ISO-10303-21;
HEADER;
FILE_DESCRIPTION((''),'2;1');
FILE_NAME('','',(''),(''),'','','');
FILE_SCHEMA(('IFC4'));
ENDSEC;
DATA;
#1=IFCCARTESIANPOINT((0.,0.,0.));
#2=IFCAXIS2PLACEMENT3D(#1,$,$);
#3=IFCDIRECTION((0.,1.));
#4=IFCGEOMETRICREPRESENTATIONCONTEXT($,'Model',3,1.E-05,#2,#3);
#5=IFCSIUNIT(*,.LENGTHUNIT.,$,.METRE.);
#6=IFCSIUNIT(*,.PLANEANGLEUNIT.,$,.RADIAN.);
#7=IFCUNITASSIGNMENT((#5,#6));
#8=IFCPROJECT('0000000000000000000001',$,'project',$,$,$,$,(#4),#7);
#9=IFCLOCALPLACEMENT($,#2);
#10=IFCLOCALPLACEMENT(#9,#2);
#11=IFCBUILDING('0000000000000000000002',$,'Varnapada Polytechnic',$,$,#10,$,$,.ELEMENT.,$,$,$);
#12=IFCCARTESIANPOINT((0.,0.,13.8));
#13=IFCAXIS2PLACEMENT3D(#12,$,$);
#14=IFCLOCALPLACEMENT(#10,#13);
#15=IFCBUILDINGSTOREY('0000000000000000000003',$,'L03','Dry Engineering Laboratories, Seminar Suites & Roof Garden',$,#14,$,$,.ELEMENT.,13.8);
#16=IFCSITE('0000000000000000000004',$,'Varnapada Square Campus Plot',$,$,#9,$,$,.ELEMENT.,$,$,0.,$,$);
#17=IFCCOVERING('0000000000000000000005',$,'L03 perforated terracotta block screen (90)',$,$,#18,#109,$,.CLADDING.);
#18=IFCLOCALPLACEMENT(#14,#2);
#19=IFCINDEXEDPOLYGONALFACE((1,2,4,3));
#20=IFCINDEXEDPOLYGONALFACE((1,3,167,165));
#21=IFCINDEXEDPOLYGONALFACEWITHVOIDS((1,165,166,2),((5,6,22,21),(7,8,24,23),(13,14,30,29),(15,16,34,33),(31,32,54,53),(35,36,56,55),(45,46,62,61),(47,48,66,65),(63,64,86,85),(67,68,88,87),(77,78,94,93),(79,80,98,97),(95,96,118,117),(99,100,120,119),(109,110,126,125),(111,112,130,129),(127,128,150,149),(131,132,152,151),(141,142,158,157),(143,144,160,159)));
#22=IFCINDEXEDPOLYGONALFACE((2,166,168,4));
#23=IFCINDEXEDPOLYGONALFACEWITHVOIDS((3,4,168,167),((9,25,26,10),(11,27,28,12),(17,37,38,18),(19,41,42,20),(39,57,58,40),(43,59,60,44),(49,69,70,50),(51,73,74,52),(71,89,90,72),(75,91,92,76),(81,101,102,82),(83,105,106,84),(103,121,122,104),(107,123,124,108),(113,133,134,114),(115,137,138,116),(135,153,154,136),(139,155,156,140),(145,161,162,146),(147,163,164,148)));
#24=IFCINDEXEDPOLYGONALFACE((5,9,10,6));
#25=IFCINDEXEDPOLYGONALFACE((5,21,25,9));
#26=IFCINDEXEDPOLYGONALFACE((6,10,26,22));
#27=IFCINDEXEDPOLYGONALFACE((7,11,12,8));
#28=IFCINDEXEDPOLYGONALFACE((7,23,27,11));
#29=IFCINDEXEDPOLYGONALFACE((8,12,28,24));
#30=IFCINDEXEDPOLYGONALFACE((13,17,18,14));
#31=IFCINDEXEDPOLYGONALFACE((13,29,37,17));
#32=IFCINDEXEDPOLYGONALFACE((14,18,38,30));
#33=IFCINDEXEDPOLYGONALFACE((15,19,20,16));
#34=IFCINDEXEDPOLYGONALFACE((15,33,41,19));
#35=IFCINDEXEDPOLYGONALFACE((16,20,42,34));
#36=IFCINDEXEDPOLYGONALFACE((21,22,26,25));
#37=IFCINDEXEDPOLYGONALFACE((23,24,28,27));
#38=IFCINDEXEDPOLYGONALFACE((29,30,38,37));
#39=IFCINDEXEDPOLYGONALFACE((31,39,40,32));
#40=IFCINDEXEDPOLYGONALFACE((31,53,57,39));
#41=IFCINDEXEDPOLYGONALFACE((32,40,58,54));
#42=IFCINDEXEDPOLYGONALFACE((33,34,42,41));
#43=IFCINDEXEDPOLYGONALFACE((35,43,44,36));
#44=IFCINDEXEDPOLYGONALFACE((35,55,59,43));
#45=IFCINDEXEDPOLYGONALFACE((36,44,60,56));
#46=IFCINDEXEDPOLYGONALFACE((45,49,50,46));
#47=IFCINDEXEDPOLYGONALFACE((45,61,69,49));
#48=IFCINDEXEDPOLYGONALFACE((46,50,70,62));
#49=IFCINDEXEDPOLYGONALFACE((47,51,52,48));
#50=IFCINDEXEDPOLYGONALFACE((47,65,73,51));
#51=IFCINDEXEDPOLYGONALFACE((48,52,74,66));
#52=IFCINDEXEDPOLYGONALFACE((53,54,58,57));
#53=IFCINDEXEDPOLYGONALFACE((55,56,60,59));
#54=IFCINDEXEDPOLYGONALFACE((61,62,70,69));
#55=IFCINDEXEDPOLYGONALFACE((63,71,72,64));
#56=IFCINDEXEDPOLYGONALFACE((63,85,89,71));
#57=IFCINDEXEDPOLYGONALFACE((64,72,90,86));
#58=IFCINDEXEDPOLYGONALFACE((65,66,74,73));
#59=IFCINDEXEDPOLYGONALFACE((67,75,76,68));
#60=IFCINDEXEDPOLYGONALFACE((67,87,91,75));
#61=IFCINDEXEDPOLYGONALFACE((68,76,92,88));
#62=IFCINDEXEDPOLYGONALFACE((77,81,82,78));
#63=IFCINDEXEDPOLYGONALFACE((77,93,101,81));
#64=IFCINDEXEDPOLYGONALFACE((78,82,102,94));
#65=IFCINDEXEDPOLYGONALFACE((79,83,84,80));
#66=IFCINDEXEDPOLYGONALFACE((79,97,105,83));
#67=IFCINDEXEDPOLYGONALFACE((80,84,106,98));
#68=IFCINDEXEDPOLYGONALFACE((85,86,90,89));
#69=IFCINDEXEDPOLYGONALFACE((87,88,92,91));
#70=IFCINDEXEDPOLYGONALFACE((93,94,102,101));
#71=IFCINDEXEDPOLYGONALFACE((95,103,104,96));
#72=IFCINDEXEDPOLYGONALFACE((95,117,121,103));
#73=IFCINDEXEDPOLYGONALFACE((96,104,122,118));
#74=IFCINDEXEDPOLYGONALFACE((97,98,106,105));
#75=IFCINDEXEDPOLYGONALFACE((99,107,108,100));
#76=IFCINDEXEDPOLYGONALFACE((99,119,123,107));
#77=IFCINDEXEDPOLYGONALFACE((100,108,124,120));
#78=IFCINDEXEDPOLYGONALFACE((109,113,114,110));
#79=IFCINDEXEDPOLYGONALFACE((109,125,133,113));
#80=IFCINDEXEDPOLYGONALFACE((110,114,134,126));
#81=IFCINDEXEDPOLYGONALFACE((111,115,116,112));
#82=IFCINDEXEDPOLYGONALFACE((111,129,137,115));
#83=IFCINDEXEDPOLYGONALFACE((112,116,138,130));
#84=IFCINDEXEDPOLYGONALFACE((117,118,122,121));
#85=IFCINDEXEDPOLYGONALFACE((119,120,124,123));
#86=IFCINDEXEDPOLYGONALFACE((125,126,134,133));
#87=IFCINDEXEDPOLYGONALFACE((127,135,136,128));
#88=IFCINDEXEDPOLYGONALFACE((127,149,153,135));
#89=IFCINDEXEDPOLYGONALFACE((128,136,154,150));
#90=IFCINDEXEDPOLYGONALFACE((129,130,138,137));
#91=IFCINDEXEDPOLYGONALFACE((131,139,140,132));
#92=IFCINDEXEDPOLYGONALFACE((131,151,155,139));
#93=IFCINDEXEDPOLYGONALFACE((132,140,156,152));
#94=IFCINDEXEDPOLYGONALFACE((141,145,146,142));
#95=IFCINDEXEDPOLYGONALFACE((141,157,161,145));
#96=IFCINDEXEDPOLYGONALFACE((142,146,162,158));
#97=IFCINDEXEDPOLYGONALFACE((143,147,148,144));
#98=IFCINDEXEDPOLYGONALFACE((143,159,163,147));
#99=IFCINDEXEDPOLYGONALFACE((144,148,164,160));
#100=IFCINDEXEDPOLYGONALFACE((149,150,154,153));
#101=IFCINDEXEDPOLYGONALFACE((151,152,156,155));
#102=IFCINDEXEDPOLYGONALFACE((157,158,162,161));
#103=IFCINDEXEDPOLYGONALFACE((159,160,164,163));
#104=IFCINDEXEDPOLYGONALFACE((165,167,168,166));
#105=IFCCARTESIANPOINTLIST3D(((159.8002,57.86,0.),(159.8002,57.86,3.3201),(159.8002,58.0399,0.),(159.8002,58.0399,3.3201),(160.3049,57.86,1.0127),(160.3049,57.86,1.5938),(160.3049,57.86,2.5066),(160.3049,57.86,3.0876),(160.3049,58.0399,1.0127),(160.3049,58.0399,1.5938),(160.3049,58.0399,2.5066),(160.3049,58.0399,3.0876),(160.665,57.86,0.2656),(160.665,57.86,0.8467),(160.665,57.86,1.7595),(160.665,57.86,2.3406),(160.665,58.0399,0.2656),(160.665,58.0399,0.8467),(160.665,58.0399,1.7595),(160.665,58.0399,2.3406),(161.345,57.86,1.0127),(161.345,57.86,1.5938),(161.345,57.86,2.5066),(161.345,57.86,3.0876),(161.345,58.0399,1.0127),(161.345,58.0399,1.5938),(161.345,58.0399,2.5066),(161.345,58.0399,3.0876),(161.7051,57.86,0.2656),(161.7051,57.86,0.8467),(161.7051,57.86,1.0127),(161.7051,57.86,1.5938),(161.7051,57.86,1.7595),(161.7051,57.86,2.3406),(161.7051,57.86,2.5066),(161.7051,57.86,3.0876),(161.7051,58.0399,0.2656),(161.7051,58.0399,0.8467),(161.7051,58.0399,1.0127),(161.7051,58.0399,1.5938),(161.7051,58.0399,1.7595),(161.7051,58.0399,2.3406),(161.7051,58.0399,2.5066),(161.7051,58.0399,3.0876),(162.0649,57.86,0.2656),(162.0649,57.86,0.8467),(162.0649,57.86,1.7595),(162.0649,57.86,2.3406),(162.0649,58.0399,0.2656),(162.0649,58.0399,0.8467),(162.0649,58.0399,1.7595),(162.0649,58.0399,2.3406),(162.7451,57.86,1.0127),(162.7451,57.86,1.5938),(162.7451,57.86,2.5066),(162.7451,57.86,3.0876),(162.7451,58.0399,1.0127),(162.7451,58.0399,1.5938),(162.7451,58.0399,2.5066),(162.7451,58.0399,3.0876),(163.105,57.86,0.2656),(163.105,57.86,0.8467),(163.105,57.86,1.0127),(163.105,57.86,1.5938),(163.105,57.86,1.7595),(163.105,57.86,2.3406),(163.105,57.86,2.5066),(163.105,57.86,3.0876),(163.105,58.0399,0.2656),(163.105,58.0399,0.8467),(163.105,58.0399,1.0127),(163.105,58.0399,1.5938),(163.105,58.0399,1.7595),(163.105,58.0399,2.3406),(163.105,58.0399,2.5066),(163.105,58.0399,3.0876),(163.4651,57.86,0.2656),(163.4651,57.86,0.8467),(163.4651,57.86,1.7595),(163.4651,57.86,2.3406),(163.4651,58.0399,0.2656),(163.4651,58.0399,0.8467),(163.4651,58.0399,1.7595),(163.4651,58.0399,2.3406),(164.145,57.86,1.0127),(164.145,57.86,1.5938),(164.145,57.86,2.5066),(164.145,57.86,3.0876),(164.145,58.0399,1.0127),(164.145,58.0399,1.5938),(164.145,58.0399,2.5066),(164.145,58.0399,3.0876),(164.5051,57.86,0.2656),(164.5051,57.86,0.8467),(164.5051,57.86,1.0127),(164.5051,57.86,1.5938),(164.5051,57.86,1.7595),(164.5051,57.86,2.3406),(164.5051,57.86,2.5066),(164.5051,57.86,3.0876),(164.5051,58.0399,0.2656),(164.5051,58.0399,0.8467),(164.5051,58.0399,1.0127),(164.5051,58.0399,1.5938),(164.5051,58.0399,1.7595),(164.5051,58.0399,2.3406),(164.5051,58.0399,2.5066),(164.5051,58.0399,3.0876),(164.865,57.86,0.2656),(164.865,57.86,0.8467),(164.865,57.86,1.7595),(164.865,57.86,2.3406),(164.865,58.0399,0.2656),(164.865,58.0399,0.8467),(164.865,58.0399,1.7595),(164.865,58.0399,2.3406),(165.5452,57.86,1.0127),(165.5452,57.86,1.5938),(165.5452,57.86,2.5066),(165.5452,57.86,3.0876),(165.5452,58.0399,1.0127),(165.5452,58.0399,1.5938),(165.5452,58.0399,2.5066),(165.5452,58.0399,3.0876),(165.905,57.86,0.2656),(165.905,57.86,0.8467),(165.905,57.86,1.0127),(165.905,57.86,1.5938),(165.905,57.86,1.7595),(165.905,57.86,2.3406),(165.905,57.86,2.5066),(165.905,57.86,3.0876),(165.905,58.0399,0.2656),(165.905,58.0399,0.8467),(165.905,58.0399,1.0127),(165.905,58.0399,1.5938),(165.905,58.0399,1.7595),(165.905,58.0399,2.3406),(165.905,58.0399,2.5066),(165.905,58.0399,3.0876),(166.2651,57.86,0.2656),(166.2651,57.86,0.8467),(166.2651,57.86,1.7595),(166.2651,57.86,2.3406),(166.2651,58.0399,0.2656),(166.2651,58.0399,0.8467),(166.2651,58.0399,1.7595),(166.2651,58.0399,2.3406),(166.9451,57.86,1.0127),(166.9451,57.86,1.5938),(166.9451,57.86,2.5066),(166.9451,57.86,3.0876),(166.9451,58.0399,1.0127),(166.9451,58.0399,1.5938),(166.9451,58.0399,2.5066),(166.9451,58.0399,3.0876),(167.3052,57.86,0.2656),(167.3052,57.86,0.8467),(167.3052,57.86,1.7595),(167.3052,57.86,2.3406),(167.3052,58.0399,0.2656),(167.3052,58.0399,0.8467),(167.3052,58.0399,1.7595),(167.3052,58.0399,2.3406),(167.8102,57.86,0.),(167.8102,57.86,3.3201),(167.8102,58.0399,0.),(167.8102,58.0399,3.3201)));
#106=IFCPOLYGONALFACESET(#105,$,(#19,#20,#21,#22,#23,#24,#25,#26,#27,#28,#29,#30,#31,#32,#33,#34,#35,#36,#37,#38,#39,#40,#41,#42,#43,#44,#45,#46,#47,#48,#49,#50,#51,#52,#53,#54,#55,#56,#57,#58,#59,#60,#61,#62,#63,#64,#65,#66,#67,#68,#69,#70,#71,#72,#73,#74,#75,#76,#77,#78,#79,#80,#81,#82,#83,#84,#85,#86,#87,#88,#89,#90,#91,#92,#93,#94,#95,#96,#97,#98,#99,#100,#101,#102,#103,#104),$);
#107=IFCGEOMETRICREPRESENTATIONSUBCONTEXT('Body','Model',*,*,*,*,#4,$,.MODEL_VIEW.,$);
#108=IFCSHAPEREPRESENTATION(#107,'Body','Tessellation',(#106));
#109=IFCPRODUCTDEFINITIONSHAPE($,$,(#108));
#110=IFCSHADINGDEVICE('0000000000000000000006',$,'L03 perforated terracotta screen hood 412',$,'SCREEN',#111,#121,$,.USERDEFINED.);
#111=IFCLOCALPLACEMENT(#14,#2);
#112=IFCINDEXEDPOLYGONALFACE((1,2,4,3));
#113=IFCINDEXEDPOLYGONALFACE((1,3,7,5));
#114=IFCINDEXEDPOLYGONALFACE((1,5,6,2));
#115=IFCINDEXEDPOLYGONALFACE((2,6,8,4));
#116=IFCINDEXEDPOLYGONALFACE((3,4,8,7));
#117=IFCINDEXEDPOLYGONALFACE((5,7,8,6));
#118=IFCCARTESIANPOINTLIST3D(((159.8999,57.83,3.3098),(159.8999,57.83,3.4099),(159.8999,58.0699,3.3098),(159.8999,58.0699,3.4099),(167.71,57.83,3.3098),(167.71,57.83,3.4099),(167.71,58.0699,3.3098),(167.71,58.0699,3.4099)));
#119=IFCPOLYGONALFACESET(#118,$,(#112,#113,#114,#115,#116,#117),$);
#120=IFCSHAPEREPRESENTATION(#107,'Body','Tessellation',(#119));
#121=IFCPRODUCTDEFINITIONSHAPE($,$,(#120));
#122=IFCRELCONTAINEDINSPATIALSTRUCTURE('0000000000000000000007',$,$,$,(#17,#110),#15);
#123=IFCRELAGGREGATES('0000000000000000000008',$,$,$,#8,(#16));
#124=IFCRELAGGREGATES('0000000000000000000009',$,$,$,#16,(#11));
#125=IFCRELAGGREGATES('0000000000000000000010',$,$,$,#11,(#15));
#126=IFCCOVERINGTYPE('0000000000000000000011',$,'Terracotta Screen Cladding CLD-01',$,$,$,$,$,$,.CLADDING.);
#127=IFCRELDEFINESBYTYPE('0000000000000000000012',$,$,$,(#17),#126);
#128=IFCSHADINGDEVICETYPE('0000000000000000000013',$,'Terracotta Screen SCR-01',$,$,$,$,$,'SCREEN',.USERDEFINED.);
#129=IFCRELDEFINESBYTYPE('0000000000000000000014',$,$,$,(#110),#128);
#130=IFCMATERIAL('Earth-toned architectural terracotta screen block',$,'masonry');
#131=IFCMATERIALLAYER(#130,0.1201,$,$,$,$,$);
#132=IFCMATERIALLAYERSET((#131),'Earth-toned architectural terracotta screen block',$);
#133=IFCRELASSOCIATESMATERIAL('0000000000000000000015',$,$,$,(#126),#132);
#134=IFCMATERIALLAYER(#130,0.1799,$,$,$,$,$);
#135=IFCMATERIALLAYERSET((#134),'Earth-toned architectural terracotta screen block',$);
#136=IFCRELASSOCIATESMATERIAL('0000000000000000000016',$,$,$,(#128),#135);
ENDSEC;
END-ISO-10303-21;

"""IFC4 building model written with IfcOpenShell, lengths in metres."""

from ifc_helpers import new_model, si_unit, direction, frame, frame_2d, origin, origin_2d, place, context, subcontext, project, spatial, rectangle, extrude, material, layer, layer_set, type_object, element, save


model = new_model("IFC4")

# Units and contexts
model_context = context("Model", 3, precision=1e-05, world=origin(), true_north=direction((0.0, 1.0)))
body_context = subcontext(model_context, "Body", "Model", "MODEL_VIEW")
ifc_project = project(units=[si_unit("LENGTHUNIT", "METRE"), si_unit("PLANEANGLEUNIT", "RADIAN")], contexts=[model_context])

# Site, building, storey
site_placement = place(None, origin())
site = spatial("IfcSite", under=ifc_project, at=site_placement, Name="Varnapada Square Campus Plot", CompositionType="ELEMENT", RefElevation=0.0)
building_placement = place(site_placement, origin())
building = spatial("IfcBuilding", under=site, at=building_placement, Name="Varnapada Polytechnic", CompositionType="ELEMENT")
storey_placement = place(building_placement, frame((0.0, 0.0, 13.8)))
storey = spatial("IfcBuildingStorey", under=building, at=storey_placement, Name="L03", Description="Dry Engineering Laboratories, Seminar Suites & Roof Garden", CompositionType="ELEMENT", Elevation=13.8)

# Covering, openings
ifc_material_1 = material(Name="Earth-toned architectural terracotta screen block", Category="masonry")
ifc_layer_1 = layer(ifc_material_1, 0.1201)
ifc_layer_set_1 = layer_set([ifc_layer_1], Name="Earth-toned architectural terracotta screen block")
covering_type = type_object("IfcCoveringType", Name="Terracotta Screen Cladding CLD-01", PredefinedType="CLADDING", material=ifc_layer_set_1)
covering_placement = place(storey_placement, frame((167.8101, 57.95, 0.0), z_axis=(0.0, 0.0, 1.0), x_axis=(-1.0, 0.0, 0.0)))
covering = element("IfcCovering", 1, at=covering_placement, inside=storey, type_object=covering_type, Name="L03 perforated terracotta block screen (90)", PredefinedType="CLADDING", context=body_context, shape_type="SweptSolid", body=[
    extrude(rectangle(XDim=8.01, YDim=0.1799, at=frame_2d((4.0049, 0.0))), origin(), (0.0, 0.0, 1.0), 3.3201),
])
opening_1_placement = place(covering_placement, frame((0.5049, 0.0, 0.2656)))
element("IfcOpeningElement", 2, at=opening_1_placement, cuts=covering, PredefinedType="OPENING", context=body_context, shape_type="SweptSolid", body=[
    extrude(rectangle(XDim=1.04, YDim=0.5811, at=frame_2d((0.52, 0.2905))), frame((0.0, 0.0999, 0.0), z_axis=(0.0, -1.0, 0.0), x_axis=(1.0, 0.0, 0.0)), (0.0, 0.0, 1.0), 0.2),
])
opening_2_placement = place(covering_placement, frame((1.905, 0.0, 0.2656)))
element("IfcOpeningElement", 3, at=opening_2_placement, cuts=covering, PredefinedType="OPENING", context=body_context, shape_type="SweptSolid", body=[
    extrude(rectangle(XDim=1.04, YDim=0.5811, at=frame_2d((0.52, 0.2905))), frame((0.0, 0.0999, 0.0), z_axis=(0.0, -1.0, 0.0), x_axis=(1.0, 0.0, 0.0)), (0.0, 0.0, 1.0), 0.2),
])
opening_3_placement = place(covering_placement, frame((3.3049, 0.0, 0.2656)))
element("IfcOpeningElement", 4, at=opening_3_placement, cuts=covering, PredefinedType="OPENING", context=body_context, shape_type="SweptSolid", body=[
    extrude(rectangle(XDim=1.04, YDim=0.5811, at=frame_2d((0.52, 0.2905))), frame((0.0, 0.0999, 0.0), z_axis=(0.0, -1.0, 0.0), x_axis=(1.0, 0.0, 0.0)), (0.0, 0.0, 1.0), 0.2),
])
opening_4_placement = place(covering_placement, frame((4.7051, 0.0, 0.2656)))
element("IfcOpeningElement", 5, at=opening_4_placement, cuts=covering, PredefinedType="OPENING", context=body_context, shape_type="SweptSolid", body=[
    extrude(rectangle(XDim=1.04, YDim=0.5811, at=frame_2d((0.52, 0.2905))), frame((0.0, 0.0999, 0.0), z_axis=(0.0, -1.0, 0.0), x_axis=(1.0, 0.0, 0.0)), (0.0, 0.0, 1.0), 0.2),
])
opening_5_placement = place(covering_placement, frame((6.105, 0.0, 0.2656)))
element("IfcOpeningElement", 6, at=opening_5_placement, cuts=covering, PredefinedType="OPENING", context=body_context, shape_type="SweptSolid", body=[
    extrude(rectangle(XDim=1.04, YDim=0.5811, at=frame_2d((0.52, 0.2905))), frame((0.0, 0.0999, 0.0), z_axis=(0.0, -1.0, 0.0), x_axis=(1.0, 0.0, 0.0)), (0.0, 0.0, 1.0), 0.2),
])
opening_6_placement = place(covering_placement, frame((0.865, 0.0, 1.0127)))
element("IfcOpeningElement", 7, at=opening_6_placement, cuts=covering, PredefinedType="OPENING", context=body_context, shape_type="SweptSolid", body=[
    extrude(rectangle(XDim=1.04, YDim=0.5811, at=frame_2d((0.52, 0.2905))), frame((0.0, 0.0999, 0.0), z_axis=(0.0, -1.0, 0.0), x_axis=(1.0, 0.0, 0.0)), (0.0, 0.0, 1.0), 0.2),
])
opening_7_placement = place(covering_placement, frame((2.2649, 0.0, 1.0127)))
element("IfcOpeningElement", 8, at=opening_7_placement, cuts=covering, PredefinedType="OPENING", context=body_context, shape_type="SweptSolid", body=[
    extrude(rectangle(XDim=1.04, YDim=0.5811, at=frame_2d((0.52, 0.2905))), frame((0.0, 0.0999, 0.0), z_axis=(0.0, -1.0, 0.0), x_axis=(1.0, 0.0, 0.0)), (0.0, 0.0, 1.0), 0.2),
])
opening_8_placement = place(covering_placement, frame((3.665, 0.0, 1.0127)))
element("IfcOpeningElement", 9, at=opening_8_placement, cuts=covering, PredefinedType="OPENING", context=body_context, shape_type="SweptSolid", body=[
    extrude(rectangle(XDim=1.04, YDim=0.5811, at=frame_2d((0.52, 0.2905))), frame((0.0, 0.0999, 0.0), z_axis=(0.0, -1.0, 0.0), x_axis=(1.0, 0.0, 0.0)), (0.0, 0.0, 1.0), 0.2),
])
opening_9_placement = place(covering_placement, frame((5.0649, 0.0, 1.0127)))
element("IfcOpeningElement", 10, at=opening_9_placement, cuts=covering, PredefinedType="OPENING", context=body_context, shape_type="SweptSolid", body=[
    extrude(rectangle(XDim=1.04, YDim=0.5811, at=frame_2d((0.52, 0.2905))), frame((0.0, 0.0999, 0.0), z_axis=(0.0, -1.0, 0.0), x_axis=(1.0, 0.0, 0.0)), (0.0, 0.0, 1.0), 0.2),
])
opening_10_placement = place(covering_placement, frame((6.4651, 0.0, 1.0127)))
element("IfcOpeningElement", 11, at=opening_10_placement, cuts=covering, PredefinedType="OPENING", context=body_context, shape_type="SweptSolid", body=[
    extrude(rectangle(XDim=1.04, YDim=0.5811, at=frame_2d((0.52, 0.2905))), frame((0.0, 0.0999, 0.0), z_axis=(0.0, -1.0, 0.0), x_axis=(1.0, 0.0, 0.0)), (0.0, 0.0, 1.0), 0.2),
])
opening_11_placement = place(covering_placement, frame((0.5049, 0.0, 1.7595)))
element("IfcOpeningElement", 12, at=opening_11_placement, cuts=covering, PredefinedType="OPENING", context=body_context, shape_type="SweptSolid", body=[
    extrude(rectangle(XDim=1.04, YDim=0.5811, at=frame_2d((0.52, 0.2905))), frame((0.0, 0.0999, 0.0), z_axis=(0.0, -1.0, 0.0), x_axis=(1.0, 0.0, 0.0)), (0.0, 0.0, 1.0), 0.2),
])
opening_12_placement = place(covering_placement, frame((1.905, 0.0, 1.7595)))
element("IfcOpeningElement", 13, at=opening_12_placement, cuts=covering, PredefinedType="OPENING", context=body_context, shape_type="SweptSolid", body=[
    extrude(rectangle(XDim=1.04, YDim=0.5811, at=frame_2d((0.52, 0.2905))), frame((0.0, 0.0999, 0.0), z_axis=(0.0, -1.0, 0.0), x_axis=(1.0, 0.0, 0.0)), (0.0, 0.0, 1.0), 0.2),
])
opening_13_placement = place(covering_placement, frame((3.3049, 0.0, 1.7595)))
element("IfcOpeningElement", 14, at=opening_13_placement, cuts=covering, PredefinedType="OPENING", context=body_context, shape_type="SweptSolid", body=[
    extrude(rectangle(XDim=1.04, YDim=0.5811, at=frame_2d((0.52, 0.2905))), frame((0.0, 0.0999, 0.0), z_axis=(0.0, -1.0, 0.0), x_axis=(1.0, 0.0, 0.0)), (0.0, 0.0, 1.0), 0.2),
])
opening_14_placement = place(covering_placement, frame((4.7051, 0.0, 1.7595)))
element("IfcOpeningElement", 15, at=opening_14_placement, cuts=covering, PredefinedType="OPENING", context=body_context, shape_type="SweptSolid", body=[
    extrude(rectangle(XDim=1.04, YDim=0.5811, at=frame_2d((0.52, 0.2905))), frame((0.0, 0.0999, 0.0), z_axis=(0.0, -1.0, 0.0), x_axis=(1.0, 0.0, 0.0)), (0.0, 0.0, 1.0), 0.2),
])
opening_15_placement = place(covering_placement, frame((6.105, 0.0, 1.7595)))
element("IfcOpeningElement", 16, at=opening_15_placement, cuts=covering, PredefinedType="OPENING", context=body_context, shape_type="SweptSolid", body=[
    extrude(rectangle(XDim=1.04, YDim=0.5811, at=frame_2d((0.52, 0.2905))), frame((0.0, 0.0999, 0.0), z_axis=(0.0, -1.0, 0.0), x_axis=(1.0, 0.0, 0.0)), (0.0, 0.0, 1.0), 0.2),
])
opening_16_placement = place(covering_placement, frame((0.865, 0.0, 2.5066)))
element("IfcOpeningElement", 17, at=opening_16_placement, cuts=covering, PredefinedType="OPENING", context=body_context, shape_type="SweptSolid", body=[
    extrude(rectangle(XDim=1.04, YDim=0.5811, at=frame_2d((0.52, 0.2905))), frame((0.0, 0.0999, 0.0), z_axis=(0.0, -1.0, 0.0), x_axis=(1.0, 0.0, 0.0)), (0.0, 0.0, 1.0), 0.2),
])
opening_17_placement = place(covering_placement, frame((2.2649, 0.0, 2.5066)))
element("IfcOpeningElement", 18, at=opening_17_placement, cuts=covering, PredefinedType="OPENING", context=body_context, shape_type="SweptSolid", body=[
    extrude(rectangle(XDim=1.04, YDim=0.5811, at=frame_2d((0.52, 0.2905))), frame((0.0, 0.0999, 0.0), z_axis=(0.0, -1.0, 0.0), x_axis=(1.0, 0.0, 0.0)), (0.0, 0.0, 1.0), 0.2),
])
opening_18_placement = place(covering_placement, frame((3.665, 0.0, 2.5066)))
element("IfcOpeningElement", 19, at=opening_18_placement, cuts=covering, PredefinedType="OPENING", context=body_context, shape_type="SweptSolid", body=[
    extrude(rectangle(XDim=1.04, YDim=0.5811, at=frame_2d((0.52, 0.2905))), frame((0.0, 0.0999, 0.0), z_axis=(0.0, -1.0, 0.0), x_axis=(1.0, 0.0, 0.0)), (0.0, 0.0, 1.0), 0.2),
])
opening_19_placement = place(covering_placement, frame((5.0649, 0.0, 2.5066)))
element("IfcOpeningElement", 20, at=opening_19_placement, cuts=covering, PredefinedType="OPENING", context=body_context, shape_type="SweptSolid", body=[
    extrude(rectangle(XDim=1.04, YDim=0.5811, at=frame_2d((0.52, 0.2905))), frame((0.0, 0.0999, 0.0), z_axis=(0.0, -1.0, 0.0), x_axis=(1.0, 0.0, 0.0)), (0.0, 0.0, 1.0), 0.2),
])
opening_20_placement = place(covering_placement, frame((6.4651, 0.0, 2.5066)))
element("IfcOpeningElement", 21, at=opening_20_placement, cuts=covering, PredefinedType="OPENING", context=body_context, shape_type="SweptSolid", body=[
    extrude(rectangle(XDim=1.04, YDim=0.5811, at=frame_2d((0.52, 0.2905))), frame((0.0, 0.0999, 0.0), z_axis=(0.0, -1.0, 0.0), x_axis=(1.0, 0.0, 0.0)), (0.0, 0.0, 1.0), 0.2),
])

# Shading device
ifc_layer_2 = layer(ifc_material_1, 0.1799)
ifc_layer_set_2 = layer_set([ifc_layer_2], Name="Earth-toned architectural terracotta screen block")
shading_device_type = type_object("IfcShadingDeviceType", Name="Terracotta Screen SCR-01", ElementType="SCREEN", PredefinedType="USERDEFINED", material=ifc_layer_set_2)
shading_device_placement = place(storey_placement, frame((163.8049, 57.95, 3.3098), z_axis=(0.0, 0.0, 1.0), x_axis=(-1.0, 0.0, 0.0)))
element("IfcShadingDevice", 22, at=shading_device_placement, inside=storey, type_object=shading_device_type, Name="L03 perforated terracotta screen hood 412", ObjectType="SCREEN", PredefinedType="USERDEFINED", context=body_context, shape_type="SweptSolid", body=[
    extrude(rectangle(XDim=7.8101, YDim=0.24, at=origin_2d()), origin(), (0.0, 0.0, 1.0), 0.1001),
])

save(model, "model.ifc")
